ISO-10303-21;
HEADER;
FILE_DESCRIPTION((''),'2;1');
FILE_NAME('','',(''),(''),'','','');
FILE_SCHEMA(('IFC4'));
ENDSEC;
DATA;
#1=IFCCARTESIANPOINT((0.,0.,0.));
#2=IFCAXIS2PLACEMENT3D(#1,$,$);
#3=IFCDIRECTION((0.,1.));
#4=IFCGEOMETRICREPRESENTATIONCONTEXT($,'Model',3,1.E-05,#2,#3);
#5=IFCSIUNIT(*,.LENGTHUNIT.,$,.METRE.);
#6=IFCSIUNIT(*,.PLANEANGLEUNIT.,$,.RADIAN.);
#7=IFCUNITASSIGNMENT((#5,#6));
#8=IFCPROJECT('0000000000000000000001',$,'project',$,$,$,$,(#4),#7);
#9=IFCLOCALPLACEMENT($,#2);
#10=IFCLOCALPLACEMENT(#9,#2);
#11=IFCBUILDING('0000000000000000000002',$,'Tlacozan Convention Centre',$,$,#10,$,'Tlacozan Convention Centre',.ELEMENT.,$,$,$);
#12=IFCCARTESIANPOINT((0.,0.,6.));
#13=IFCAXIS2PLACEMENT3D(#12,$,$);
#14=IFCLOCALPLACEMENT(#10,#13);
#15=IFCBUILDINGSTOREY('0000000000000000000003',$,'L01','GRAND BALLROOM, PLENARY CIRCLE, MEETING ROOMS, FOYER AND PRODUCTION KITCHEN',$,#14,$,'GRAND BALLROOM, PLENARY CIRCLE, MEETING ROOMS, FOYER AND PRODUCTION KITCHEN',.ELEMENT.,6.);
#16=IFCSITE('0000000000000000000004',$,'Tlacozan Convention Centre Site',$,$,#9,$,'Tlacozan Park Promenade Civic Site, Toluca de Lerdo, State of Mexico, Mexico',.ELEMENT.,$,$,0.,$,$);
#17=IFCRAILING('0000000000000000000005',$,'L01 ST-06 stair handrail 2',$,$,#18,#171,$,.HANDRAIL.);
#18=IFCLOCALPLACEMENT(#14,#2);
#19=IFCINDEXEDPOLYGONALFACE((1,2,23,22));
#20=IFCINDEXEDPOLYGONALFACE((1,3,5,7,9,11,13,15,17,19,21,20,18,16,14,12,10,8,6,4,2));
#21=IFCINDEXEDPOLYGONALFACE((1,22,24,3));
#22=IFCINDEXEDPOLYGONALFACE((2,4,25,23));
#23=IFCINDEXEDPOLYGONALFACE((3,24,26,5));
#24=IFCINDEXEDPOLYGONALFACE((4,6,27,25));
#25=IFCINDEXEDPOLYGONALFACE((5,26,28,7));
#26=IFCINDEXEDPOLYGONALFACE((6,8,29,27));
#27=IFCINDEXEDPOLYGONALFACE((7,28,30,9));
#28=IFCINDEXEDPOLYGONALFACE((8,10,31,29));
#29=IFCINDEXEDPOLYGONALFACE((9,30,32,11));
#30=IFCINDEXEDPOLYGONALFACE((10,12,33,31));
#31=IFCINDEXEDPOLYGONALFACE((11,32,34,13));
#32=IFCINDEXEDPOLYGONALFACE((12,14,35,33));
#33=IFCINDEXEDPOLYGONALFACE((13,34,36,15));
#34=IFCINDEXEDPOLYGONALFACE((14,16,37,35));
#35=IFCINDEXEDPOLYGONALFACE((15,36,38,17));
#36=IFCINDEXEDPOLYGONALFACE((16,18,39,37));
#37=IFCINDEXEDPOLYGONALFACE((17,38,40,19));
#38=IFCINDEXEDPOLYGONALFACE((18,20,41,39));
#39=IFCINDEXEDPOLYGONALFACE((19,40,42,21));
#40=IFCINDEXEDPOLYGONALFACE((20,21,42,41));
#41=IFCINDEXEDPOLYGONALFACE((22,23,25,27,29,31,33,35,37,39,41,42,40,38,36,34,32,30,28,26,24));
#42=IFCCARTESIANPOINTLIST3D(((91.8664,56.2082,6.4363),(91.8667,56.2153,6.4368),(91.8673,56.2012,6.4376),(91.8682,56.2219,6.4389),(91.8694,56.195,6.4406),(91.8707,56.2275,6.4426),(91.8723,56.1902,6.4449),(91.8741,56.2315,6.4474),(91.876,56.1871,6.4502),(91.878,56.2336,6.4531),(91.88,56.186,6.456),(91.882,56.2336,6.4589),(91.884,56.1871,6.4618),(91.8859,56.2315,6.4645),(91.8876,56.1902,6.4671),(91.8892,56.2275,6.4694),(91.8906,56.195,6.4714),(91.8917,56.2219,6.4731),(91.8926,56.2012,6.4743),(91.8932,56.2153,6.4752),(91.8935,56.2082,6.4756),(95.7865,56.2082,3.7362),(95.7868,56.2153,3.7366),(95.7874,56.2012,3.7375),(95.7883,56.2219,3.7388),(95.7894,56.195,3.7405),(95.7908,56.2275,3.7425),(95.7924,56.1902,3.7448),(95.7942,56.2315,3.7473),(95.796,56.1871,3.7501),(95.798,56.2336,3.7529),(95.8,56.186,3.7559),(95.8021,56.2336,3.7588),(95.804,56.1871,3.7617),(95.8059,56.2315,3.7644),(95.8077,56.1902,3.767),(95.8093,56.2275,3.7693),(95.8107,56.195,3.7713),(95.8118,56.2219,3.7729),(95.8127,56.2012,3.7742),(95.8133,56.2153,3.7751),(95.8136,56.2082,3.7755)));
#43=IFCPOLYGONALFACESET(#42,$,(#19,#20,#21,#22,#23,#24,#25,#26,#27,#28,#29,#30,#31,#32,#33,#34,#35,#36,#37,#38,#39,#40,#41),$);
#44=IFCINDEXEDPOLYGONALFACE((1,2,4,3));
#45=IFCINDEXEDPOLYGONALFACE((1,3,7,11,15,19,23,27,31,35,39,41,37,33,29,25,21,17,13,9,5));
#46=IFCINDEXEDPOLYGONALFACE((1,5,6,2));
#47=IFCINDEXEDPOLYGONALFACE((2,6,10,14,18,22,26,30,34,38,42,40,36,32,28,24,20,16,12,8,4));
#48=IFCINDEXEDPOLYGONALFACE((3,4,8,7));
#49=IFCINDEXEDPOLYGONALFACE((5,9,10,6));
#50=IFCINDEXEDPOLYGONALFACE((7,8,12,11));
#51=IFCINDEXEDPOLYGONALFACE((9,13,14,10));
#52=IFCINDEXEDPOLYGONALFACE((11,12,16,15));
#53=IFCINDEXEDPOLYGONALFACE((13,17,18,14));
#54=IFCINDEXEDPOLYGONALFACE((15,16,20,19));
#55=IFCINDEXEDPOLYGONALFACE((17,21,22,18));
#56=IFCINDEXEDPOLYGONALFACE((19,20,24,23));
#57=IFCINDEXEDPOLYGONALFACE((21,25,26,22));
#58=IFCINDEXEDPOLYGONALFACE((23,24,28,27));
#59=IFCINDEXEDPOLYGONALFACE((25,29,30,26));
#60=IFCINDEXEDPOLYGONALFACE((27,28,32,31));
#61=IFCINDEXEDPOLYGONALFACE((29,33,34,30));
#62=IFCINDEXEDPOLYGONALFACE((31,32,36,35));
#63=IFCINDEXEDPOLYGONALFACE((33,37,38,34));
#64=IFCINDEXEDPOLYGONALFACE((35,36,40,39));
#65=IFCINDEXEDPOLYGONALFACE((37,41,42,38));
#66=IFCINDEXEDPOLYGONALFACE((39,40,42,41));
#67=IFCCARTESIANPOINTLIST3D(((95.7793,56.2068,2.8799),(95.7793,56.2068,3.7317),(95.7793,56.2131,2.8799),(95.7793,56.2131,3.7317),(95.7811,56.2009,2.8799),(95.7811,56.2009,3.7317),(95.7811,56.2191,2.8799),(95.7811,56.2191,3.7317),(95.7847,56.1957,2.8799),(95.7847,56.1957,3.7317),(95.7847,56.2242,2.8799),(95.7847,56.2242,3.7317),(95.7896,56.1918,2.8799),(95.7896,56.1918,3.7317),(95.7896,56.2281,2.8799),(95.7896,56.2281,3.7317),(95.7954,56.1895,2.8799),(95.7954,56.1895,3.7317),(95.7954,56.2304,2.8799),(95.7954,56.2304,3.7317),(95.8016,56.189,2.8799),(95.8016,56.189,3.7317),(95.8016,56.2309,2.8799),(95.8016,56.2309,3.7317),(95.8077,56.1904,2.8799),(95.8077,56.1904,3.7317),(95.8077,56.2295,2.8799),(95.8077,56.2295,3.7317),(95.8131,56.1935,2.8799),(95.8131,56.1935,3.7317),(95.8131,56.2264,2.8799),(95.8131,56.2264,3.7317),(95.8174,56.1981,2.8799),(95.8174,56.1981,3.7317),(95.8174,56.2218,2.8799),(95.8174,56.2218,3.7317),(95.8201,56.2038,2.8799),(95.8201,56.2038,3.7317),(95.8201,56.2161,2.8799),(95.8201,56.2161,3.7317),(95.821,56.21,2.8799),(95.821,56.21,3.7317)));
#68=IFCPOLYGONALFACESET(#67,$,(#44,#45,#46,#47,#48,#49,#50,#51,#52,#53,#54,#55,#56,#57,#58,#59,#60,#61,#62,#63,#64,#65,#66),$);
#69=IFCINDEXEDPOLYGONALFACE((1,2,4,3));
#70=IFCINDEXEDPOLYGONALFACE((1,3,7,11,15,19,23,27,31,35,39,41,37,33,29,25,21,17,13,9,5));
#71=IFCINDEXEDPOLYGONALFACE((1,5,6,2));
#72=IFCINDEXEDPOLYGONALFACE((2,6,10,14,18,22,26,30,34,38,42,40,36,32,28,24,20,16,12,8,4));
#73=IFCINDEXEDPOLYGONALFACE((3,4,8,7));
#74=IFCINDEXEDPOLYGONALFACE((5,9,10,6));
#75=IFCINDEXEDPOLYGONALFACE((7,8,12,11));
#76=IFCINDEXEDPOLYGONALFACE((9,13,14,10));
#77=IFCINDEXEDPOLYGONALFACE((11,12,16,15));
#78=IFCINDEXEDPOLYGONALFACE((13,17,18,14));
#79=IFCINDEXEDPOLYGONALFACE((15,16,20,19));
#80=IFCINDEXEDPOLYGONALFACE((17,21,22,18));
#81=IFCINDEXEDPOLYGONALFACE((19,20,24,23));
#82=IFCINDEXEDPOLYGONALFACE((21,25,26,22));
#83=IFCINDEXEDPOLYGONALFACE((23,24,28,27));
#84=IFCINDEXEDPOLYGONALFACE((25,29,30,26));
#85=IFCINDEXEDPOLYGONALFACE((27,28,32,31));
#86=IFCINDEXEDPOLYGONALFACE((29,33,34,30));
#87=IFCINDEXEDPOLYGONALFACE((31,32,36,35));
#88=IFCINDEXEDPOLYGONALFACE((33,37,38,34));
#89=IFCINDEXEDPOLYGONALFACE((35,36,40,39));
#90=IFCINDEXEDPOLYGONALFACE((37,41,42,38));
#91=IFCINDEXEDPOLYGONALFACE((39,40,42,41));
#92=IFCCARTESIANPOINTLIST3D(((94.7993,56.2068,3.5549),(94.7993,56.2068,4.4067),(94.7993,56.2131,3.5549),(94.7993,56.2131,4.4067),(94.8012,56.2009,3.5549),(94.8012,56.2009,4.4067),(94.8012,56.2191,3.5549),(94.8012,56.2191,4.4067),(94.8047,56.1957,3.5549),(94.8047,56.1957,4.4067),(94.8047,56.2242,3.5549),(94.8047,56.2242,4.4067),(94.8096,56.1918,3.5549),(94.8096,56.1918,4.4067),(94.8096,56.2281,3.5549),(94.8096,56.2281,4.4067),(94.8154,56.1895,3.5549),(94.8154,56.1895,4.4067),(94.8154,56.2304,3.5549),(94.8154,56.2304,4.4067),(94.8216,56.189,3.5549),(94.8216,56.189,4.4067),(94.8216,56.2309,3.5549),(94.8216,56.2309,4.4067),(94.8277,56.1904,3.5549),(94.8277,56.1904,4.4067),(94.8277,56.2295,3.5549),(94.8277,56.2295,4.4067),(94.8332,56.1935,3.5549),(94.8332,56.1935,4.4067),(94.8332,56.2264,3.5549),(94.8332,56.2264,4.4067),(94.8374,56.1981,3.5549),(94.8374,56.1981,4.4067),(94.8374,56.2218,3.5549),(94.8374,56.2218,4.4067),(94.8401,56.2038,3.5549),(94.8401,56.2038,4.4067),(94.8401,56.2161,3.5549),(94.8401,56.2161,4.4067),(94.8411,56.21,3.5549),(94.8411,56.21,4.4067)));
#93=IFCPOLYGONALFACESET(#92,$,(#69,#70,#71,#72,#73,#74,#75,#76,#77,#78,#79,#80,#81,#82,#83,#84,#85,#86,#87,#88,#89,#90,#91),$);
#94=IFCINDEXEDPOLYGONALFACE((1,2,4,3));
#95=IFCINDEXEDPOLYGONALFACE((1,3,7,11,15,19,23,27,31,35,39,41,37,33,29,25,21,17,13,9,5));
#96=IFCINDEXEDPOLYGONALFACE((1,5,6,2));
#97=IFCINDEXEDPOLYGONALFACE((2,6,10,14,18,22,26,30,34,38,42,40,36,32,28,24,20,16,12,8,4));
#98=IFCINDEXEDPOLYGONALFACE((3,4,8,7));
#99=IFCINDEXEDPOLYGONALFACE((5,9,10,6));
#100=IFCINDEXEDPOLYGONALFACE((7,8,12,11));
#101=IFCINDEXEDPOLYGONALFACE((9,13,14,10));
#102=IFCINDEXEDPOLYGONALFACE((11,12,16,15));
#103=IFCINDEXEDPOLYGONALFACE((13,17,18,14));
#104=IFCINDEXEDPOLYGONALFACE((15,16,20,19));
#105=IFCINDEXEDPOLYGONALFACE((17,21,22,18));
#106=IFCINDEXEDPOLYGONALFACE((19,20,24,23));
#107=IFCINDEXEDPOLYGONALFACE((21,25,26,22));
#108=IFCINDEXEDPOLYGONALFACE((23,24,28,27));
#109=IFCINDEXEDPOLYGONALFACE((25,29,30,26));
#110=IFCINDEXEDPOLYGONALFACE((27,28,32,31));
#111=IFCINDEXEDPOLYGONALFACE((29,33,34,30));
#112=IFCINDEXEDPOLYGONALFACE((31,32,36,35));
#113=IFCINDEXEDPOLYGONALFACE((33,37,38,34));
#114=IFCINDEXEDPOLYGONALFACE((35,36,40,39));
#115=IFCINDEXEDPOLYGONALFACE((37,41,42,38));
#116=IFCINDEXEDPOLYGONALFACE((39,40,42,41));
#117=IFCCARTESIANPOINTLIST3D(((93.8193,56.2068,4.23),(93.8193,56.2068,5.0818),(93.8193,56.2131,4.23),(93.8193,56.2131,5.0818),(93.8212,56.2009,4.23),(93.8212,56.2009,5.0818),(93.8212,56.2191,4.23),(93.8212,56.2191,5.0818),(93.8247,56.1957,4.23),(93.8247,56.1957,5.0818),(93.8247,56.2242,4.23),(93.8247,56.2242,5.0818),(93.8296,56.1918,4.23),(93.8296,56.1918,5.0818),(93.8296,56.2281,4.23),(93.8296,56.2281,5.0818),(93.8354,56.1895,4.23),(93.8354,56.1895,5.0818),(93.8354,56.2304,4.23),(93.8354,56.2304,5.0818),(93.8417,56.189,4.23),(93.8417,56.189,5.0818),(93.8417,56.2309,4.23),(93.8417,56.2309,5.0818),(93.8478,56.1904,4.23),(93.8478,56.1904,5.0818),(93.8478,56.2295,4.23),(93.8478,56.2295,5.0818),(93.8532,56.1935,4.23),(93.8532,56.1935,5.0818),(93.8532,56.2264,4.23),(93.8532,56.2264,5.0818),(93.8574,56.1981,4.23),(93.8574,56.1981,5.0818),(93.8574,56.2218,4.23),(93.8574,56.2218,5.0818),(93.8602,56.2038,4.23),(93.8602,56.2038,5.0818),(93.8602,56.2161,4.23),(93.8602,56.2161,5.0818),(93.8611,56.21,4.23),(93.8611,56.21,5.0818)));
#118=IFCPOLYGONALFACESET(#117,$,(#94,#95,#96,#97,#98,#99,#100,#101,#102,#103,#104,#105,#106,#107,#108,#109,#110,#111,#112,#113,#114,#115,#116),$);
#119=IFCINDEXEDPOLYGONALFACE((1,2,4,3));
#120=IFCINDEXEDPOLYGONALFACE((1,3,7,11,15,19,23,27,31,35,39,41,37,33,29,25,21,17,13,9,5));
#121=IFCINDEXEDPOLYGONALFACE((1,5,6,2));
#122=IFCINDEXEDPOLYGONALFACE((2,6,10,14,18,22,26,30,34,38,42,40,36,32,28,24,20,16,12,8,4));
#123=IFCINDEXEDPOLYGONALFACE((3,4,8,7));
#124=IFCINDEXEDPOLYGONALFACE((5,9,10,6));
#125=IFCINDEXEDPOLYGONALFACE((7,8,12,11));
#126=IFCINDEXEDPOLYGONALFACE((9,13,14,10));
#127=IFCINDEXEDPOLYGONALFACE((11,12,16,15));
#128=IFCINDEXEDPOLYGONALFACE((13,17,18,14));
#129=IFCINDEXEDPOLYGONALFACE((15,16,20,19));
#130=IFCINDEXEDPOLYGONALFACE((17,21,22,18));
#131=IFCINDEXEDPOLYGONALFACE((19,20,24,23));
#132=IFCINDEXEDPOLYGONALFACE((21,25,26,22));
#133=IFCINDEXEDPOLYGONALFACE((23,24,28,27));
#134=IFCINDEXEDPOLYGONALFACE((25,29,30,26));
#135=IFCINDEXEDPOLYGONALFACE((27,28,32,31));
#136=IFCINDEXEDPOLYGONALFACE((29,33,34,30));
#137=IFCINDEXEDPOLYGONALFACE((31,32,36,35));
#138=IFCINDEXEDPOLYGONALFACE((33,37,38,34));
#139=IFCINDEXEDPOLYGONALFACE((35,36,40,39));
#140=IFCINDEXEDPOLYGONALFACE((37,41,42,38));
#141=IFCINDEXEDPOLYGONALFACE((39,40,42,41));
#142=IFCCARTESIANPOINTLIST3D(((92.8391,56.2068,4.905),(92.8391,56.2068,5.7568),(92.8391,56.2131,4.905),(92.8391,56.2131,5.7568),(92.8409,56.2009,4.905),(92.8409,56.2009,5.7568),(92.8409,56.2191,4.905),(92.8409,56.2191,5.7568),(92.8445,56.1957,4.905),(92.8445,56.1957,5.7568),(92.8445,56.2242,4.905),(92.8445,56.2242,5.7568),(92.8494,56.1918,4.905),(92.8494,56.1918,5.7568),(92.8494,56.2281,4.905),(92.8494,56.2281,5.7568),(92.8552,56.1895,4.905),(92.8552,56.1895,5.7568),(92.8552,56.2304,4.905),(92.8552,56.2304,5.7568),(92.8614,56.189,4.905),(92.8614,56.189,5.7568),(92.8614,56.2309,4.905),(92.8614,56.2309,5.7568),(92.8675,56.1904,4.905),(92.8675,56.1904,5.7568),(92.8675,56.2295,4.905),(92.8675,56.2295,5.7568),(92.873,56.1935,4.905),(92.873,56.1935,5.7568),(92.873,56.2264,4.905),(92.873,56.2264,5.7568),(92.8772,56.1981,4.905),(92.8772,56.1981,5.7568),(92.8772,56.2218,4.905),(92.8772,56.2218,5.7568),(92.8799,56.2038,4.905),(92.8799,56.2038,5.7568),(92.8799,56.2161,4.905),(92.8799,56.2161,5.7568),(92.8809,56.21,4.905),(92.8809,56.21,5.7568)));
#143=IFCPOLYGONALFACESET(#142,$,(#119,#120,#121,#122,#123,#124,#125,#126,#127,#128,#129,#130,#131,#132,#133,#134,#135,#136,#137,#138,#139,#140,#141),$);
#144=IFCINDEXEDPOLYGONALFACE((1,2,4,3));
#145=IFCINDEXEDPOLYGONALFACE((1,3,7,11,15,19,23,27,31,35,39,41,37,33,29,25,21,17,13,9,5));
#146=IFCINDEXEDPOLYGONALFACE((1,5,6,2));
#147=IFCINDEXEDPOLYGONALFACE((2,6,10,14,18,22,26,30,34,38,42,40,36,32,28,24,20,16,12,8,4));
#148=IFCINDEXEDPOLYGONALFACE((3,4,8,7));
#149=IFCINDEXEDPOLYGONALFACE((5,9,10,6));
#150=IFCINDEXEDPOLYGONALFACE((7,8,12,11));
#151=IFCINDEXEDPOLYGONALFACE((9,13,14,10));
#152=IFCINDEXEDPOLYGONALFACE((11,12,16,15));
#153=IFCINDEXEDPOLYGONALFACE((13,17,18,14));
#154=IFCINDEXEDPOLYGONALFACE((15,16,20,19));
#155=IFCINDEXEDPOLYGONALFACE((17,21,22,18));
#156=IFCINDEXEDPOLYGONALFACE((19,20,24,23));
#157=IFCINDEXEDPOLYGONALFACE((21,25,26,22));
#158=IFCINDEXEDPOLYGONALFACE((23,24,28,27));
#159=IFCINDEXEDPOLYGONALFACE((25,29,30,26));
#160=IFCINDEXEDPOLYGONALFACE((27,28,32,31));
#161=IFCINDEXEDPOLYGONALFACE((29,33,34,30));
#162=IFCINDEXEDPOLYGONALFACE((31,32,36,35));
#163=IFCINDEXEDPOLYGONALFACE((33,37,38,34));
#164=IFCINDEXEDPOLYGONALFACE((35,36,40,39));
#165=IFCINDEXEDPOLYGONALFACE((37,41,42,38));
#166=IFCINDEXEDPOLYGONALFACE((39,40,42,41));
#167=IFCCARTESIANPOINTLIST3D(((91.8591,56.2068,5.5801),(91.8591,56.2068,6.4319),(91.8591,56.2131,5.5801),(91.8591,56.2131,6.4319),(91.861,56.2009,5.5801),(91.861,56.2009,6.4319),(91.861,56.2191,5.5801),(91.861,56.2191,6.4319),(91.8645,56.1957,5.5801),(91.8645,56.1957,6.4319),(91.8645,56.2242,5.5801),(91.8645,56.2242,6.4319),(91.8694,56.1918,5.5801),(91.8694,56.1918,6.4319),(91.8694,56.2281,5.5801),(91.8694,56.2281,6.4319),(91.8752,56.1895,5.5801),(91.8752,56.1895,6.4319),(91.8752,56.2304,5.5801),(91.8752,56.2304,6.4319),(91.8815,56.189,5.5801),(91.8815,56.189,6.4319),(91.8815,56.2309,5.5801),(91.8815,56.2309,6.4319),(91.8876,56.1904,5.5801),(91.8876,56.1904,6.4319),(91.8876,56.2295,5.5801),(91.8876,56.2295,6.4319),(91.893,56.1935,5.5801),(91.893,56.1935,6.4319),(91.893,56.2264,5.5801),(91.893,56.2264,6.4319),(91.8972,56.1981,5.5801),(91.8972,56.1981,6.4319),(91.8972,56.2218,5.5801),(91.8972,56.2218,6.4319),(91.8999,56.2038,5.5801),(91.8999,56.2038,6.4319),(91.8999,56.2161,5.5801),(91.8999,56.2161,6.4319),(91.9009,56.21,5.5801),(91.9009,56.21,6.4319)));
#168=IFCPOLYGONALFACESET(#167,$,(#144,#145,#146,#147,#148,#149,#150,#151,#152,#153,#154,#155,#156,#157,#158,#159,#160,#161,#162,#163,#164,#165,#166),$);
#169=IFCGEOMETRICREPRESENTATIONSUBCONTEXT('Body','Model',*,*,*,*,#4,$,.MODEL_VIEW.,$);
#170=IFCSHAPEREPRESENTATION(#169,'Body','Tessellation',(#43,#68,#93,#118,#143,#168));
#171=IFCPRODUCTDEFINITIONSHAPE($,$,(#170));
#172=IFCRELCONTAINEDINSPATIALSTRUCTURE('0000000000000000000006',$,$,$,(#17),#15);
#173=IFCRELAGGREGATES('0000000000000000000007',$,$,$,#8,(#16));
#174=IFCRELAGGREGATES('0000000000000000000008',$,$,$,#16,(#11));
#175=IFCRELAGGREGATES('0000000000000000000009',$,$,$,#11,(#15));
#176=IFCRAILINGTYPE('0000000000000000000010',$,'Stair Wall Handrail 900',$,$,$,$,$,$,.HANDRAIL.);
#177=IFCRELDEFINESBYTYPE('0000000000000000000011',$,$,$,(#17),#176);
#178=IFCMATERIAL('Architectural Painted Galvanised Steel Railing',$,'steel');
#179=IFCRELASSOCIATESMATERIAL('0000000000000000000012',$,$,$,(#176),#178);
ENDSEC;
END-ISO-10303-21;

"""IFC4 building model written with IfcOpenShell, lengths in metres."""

from ifc_helpers import new_model, si_unit, direction, frame, origin, origin_2d, place, context, subcontext, project, spatial, circle, extrude, material, type_object, element, save


model = new_model("IFC4")

# Units and contexts
model_context = context("Model", 3, precision=1e-05, world=origin(), true_north=direction((0.0, 1.0)))
body_context = subcontext(model_context, "Body", "Model", "MODEL_VIEW")
ifc_project = project(units=[si_unit("LENGTHUNIT", "METRE"), si_unit("PLANEANGLEUNIT", "RADIAN")], contexts=[model_context])

# Site, building, storey
site_placement = place(None, origin())
site = spatial("IfcSite", under=ifc_project, at=site_placement, Name="Tlacozan Convention Centre Site", LongName="Tlacozan Park Promenade Civic Site, Toluca de Lerdo, State of Mexico, Mexico", CompositionType="ELEMENT", RefElevation=0.0)
building_placement = place(site_placement, origin())
building = spatial("IfcBuilding", under=site, at=building_placement, Name="Tlacozan Convention Centre", LongName="Tlacozan Convention Centre", CompositionType="ELEMENT")
storey_placement = place(building_placement, frame((0.0, 0.0, 6.0)))
storey = spatial("IfcBuildingStorey", under=building, at=storey_placement, Name="L01", Description="GRAND BALLROOM, PLENARY CIRCLE, MEETING ROOMS, FOYER AND PRODUCTION KITCHEN", LongName="GRAND BALLROOM, PLENARY CIRCLE, MEETING ROOMS, FOYER AND PRODUCTION KITCHEN", CompositionType="ELEMENT", Elevation=6.0)

# Railing
ifc_material_1 = material(Name="Architectural Painted Galvanised Steel Railing", Category="steel")
railing_type_1 = type_object("IfcRailingType", Name="Stair Wall Handrail 900", PredefinedType="HANDRAIL", material=ifc_material_1)
railing_1_placement = place(storey_placement, frame((95.8, 56.21, 2.8799)))
element("IfcRailing", 1, at=railing_1_placement, inside=storey, type_object=railing_type_1, Name="L01 ST-06 stair handrail 2", PredefinedType="HANDRAIL", context=body_context, shape_type="SweptSolid", body=[
    extrude(circle(Radius=0.0239, at=origin_2d()), frame((0.0, 0.0, 0.876), z_axis=(-0.823543, 0.0, 0.567253), x_axis=(0.0, -1.0, 0.0)), (0.0, 0.0, 1.0), 4.76),
    extrude(circle(Radius=0.021, at=origin_2d()), origin(), (0.0, 0.0, 1.0), 0.8518),
    extrude(circle(Radius=0.021, at=origin_2d()), frame((-0.98, 0.0, 0.675)), (0.0, 0.0, 1.0), 0.8518),
    extrude(circle(Radius=0.021, at=origin_2d()), frame((-1.96, 0.0, 1.3501)), (0.0, 0.0, 1.0), 0.8518),
    extrude(circle(Radius=0.021, at=origin_2d()), frame((-2.9402, 0.0, 2.0251)), (0.0, 0.0, 1.0), 0.8518),
    extrude(circle(Radius=0.021, at=origin_2d()), frame((-3.9202, 0.0, 2.7002)), (0.0, 0.0, 1.0), 0.8518),
])

save(model, "model.ifc")
